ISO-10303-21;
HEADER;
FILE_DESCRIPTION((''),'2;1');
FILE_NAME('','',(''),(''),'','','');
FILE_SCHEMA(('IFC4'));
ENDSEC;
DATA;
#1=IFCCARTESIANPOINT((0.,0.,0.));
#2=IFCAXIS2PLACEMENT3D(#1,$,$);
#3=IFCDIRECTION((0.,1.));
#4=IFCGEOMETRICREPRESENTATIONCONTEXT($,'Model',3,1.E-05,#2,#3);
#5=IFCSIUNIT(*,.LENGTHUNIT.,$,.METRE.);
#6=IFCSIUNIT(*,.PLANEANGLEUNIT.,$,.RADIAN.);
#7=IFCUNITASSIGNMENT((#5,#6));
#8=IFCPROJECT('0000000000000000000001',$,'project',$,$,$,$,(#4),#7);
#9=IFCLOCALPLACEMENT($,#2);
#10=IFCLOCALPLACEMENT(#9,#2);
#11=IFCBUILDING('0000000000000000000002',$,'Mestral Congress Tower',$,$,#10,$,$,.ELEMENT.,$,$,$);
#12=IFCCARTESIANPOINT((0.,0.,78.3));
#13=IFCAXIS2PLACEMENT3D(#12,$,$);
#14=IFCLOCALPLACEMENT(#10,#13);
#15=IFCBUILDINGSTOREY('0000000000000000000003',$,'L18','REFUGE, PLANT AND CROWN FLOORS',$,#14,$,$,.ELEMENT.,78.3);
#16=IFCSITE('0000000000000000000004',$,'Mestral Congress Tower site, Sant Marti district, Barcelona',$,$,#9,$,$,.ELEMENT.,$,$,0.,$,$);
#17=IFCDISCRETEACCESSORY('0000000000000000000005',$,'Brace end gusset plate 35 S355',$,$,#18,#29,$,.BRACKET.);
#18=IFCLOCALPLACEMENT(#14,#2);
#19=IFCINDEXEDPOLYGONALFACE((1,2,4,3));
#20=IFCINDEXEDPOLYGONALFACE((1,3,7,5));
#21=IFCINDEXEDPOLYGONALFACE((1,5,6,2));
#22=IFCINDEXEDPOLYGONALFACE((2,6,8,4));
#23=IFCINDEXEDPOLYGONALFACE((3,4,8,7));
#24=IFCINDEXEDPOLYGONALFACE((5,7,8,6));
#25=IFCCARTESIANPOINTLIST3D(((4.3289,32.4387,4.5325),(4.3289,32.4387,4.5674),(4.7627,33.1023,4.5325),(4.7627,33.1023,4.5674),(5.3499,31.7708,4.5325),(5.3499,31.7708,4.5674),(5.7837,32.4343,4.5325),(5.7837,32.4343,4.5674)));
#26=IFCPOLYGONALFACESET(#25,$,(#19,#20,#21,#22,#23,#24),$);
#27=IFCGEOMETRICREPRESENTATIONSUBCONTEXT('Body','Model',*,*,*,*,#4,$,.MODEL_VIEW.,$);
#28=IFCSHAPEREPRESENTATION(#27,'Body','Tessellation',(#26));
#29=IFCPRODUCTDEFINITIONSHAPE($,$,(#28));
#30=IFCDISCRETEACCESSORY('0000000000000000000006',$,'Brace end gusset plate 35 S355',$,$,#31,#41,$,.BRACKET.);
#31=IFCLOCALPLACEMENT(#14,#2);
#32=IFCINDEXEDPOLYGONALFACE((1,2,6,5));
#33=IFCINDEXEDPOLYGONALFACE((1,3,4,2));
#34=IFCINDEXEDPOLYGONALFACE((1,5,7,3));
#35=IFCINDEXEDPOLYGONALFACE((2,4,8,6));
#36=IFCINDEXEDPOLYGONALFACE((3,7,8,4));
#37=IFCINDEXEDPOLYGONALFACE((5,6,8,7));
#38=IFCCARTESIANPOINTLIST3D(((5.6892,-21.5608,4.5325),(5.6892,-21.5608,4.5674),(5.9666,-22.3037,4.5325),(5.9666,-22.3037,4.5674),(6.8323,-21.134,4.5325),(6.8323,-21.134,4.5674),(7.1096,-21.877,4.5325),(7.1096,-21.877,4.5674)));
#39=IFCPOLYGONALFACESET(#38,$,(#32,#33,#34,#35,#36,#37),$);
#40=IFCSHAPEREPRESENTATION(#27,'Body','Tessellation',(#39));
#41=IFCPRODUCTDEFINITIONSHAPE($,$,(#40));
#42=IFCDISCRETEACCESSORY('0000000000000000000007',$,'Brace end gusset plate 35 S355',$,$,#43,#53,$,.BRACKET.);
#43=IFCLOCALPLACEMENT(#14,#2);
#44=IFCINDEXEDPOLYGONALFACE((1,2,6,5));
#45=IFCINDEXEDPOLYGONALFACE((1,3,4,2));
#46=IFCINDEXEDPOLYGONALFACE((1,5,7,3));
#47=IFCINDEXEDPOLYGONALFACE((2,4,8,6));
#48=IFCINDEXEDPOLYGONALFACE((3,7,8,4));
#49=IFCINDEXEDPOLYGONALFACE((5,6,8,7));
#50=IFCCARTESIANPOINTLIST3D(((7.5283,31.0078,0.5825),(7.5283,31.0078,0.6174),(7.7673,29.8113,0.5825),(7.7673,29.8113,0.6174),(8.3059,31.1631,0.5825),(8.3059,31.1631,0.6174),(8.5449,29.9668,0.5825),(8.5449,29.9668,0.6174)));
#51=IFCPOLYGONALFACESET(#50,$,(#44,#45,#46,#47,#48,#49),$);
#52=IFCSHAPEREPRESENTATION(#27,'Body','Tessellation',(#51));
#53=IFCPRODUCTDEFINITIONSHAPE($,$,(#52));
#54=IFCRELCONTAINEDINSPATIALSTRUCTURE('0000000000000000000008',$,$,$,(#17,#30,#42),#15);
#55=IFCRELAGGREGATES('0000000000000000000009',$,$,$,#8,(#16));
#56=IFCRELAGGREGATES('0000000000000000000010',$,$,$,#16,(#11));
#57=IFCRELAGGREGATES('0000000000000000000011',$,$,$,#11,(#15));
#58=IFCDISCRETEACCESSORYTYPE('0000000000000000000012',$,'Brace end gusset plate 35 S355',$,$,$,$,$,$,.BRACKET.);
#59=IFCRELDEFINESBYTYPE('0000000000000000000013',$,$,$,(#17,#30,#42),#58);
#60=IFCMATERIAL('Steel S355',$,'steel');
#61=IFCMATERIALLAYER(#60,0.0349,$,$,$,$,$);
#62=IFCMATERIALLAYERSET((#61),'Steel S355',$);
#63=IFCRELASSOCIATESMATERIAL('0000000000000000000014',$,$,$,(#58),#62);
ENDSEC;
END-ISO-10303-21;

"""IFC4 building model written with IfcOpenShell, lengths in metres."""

from ifc_helpers import new_model, si_unit, direction, frame, origin, place, context, subcontext, project, spatial, polyline, outline, extrude, material, layer, layer_set, type_object, element, save


model = new_model("IFC4")

# Units and contexts
model_context = context("Model", 3, precision=1e-05, world=origin(), true_north=direction((0.0, 1.0)))
body_context = subcontext(model_context, "Body", "Model", "MODEL_VIEW")
ifc_project = project(units=[si_unit("LENGTHUNIT", "METRE"), si_unit("PLANEANGLEUNIT", "RADIAN")], contexts=[model_context])

# Site, building, storey
site_placement = place(None, origin())
site = spatial("IfcSite", under=ifc_project, at=site_placement, Name="Mestral Congress Tower site, Sant Marti district, Barcelona", CompositionType="ELEMENT", RefElevation=0.0)
building_placement = place(site_placement, origin())
building = spatial("IfcBuilding", under=site, at=building_placement, Name="Mestral Congress Tower", CompositionType="ELEMENT")
storey_placement = place(building_placement, frame((0.0, 0.0, 78.3)))
storey = spatial("IfcBuildingStorey", under=building, at=storey_placement, Name="L18", Description="REFUGE, PLANT AND CROWN FLOORS", CompositionType="ELEMENT", Elevation=78.3)

# Discrete accessories
ifc_material_1 = material(Name="Steel S355", Category="steel")
ifc_layer_1 = layer(ifc_material_1, 0.0349)
ifc_layer_set_1 = layer_set([ifc_layer_1], Name="Steel S355")
discrete_accessory_type = type_object("IfcDiscreteAccessoryType", Name="Brace end gusset plate 35 S355", PredefinedType="BRACKET", material=ifc_layer_set_1)
placement_1 = place(storey_placement, frame((0.0, 0.0, 4.5325)))
placement_2 = place(storey_placement, frame((0.0, 0.0, 0.5825)))
element("IfcDiscreteAccessory", 1, at=placement_1, inside=storey, type_object=discrete_accessory_type, Name="Brace end gusset plate 35 S355", PredefinedType="BRACKET", context=body_context, shape_type="SweptSolid", body=[
    extrude(outline(polyline([(4.3289, 32.4387), (5.3499, 31.7708), (5.7837, 32.4343), (4.7627, 33.1023), (4.3289, 32.4387)])), origin(), (0.0, 0.0, 1.0), 0.0349),
])
element("IfcDiscreteAccessory", 2, at=placement_1, inside=storey, type_object=discrete_accessory_type, Name="Brace end gusset plate 35 S355", PredefinedType="BRACKET", context=body_context, shape_type="SweptSolid", body=[
    extrude(outline(polyline([(6.8323, -21.134), (5.6892, -21.5608), (5.9666, -22.3037), (7.1096, -21.877), (6.8323, -21.134)])), origin(), (0.0, 0.0, 1.0), 0.0349),
])
element("IfcDiscreteAccessory", 3, at=placement_2, inside=storey, type_object=discrete_accessory_type, Name="Brace end gusset plate 35 S355", PredefinedType="BRACKET", context=body_context, shape_type="SweptSolid", body=[
    extrude(outline(polyline([(7.5283, 31.0078), (7.7673, 29.8113), (8.5449, 29.9668), (8.3059, 31.1631), (7.5283, 31.0078)])), origin(), (0.0, 0.0, 1.0), 0.0349),
])

save(model, "model.ifc")
